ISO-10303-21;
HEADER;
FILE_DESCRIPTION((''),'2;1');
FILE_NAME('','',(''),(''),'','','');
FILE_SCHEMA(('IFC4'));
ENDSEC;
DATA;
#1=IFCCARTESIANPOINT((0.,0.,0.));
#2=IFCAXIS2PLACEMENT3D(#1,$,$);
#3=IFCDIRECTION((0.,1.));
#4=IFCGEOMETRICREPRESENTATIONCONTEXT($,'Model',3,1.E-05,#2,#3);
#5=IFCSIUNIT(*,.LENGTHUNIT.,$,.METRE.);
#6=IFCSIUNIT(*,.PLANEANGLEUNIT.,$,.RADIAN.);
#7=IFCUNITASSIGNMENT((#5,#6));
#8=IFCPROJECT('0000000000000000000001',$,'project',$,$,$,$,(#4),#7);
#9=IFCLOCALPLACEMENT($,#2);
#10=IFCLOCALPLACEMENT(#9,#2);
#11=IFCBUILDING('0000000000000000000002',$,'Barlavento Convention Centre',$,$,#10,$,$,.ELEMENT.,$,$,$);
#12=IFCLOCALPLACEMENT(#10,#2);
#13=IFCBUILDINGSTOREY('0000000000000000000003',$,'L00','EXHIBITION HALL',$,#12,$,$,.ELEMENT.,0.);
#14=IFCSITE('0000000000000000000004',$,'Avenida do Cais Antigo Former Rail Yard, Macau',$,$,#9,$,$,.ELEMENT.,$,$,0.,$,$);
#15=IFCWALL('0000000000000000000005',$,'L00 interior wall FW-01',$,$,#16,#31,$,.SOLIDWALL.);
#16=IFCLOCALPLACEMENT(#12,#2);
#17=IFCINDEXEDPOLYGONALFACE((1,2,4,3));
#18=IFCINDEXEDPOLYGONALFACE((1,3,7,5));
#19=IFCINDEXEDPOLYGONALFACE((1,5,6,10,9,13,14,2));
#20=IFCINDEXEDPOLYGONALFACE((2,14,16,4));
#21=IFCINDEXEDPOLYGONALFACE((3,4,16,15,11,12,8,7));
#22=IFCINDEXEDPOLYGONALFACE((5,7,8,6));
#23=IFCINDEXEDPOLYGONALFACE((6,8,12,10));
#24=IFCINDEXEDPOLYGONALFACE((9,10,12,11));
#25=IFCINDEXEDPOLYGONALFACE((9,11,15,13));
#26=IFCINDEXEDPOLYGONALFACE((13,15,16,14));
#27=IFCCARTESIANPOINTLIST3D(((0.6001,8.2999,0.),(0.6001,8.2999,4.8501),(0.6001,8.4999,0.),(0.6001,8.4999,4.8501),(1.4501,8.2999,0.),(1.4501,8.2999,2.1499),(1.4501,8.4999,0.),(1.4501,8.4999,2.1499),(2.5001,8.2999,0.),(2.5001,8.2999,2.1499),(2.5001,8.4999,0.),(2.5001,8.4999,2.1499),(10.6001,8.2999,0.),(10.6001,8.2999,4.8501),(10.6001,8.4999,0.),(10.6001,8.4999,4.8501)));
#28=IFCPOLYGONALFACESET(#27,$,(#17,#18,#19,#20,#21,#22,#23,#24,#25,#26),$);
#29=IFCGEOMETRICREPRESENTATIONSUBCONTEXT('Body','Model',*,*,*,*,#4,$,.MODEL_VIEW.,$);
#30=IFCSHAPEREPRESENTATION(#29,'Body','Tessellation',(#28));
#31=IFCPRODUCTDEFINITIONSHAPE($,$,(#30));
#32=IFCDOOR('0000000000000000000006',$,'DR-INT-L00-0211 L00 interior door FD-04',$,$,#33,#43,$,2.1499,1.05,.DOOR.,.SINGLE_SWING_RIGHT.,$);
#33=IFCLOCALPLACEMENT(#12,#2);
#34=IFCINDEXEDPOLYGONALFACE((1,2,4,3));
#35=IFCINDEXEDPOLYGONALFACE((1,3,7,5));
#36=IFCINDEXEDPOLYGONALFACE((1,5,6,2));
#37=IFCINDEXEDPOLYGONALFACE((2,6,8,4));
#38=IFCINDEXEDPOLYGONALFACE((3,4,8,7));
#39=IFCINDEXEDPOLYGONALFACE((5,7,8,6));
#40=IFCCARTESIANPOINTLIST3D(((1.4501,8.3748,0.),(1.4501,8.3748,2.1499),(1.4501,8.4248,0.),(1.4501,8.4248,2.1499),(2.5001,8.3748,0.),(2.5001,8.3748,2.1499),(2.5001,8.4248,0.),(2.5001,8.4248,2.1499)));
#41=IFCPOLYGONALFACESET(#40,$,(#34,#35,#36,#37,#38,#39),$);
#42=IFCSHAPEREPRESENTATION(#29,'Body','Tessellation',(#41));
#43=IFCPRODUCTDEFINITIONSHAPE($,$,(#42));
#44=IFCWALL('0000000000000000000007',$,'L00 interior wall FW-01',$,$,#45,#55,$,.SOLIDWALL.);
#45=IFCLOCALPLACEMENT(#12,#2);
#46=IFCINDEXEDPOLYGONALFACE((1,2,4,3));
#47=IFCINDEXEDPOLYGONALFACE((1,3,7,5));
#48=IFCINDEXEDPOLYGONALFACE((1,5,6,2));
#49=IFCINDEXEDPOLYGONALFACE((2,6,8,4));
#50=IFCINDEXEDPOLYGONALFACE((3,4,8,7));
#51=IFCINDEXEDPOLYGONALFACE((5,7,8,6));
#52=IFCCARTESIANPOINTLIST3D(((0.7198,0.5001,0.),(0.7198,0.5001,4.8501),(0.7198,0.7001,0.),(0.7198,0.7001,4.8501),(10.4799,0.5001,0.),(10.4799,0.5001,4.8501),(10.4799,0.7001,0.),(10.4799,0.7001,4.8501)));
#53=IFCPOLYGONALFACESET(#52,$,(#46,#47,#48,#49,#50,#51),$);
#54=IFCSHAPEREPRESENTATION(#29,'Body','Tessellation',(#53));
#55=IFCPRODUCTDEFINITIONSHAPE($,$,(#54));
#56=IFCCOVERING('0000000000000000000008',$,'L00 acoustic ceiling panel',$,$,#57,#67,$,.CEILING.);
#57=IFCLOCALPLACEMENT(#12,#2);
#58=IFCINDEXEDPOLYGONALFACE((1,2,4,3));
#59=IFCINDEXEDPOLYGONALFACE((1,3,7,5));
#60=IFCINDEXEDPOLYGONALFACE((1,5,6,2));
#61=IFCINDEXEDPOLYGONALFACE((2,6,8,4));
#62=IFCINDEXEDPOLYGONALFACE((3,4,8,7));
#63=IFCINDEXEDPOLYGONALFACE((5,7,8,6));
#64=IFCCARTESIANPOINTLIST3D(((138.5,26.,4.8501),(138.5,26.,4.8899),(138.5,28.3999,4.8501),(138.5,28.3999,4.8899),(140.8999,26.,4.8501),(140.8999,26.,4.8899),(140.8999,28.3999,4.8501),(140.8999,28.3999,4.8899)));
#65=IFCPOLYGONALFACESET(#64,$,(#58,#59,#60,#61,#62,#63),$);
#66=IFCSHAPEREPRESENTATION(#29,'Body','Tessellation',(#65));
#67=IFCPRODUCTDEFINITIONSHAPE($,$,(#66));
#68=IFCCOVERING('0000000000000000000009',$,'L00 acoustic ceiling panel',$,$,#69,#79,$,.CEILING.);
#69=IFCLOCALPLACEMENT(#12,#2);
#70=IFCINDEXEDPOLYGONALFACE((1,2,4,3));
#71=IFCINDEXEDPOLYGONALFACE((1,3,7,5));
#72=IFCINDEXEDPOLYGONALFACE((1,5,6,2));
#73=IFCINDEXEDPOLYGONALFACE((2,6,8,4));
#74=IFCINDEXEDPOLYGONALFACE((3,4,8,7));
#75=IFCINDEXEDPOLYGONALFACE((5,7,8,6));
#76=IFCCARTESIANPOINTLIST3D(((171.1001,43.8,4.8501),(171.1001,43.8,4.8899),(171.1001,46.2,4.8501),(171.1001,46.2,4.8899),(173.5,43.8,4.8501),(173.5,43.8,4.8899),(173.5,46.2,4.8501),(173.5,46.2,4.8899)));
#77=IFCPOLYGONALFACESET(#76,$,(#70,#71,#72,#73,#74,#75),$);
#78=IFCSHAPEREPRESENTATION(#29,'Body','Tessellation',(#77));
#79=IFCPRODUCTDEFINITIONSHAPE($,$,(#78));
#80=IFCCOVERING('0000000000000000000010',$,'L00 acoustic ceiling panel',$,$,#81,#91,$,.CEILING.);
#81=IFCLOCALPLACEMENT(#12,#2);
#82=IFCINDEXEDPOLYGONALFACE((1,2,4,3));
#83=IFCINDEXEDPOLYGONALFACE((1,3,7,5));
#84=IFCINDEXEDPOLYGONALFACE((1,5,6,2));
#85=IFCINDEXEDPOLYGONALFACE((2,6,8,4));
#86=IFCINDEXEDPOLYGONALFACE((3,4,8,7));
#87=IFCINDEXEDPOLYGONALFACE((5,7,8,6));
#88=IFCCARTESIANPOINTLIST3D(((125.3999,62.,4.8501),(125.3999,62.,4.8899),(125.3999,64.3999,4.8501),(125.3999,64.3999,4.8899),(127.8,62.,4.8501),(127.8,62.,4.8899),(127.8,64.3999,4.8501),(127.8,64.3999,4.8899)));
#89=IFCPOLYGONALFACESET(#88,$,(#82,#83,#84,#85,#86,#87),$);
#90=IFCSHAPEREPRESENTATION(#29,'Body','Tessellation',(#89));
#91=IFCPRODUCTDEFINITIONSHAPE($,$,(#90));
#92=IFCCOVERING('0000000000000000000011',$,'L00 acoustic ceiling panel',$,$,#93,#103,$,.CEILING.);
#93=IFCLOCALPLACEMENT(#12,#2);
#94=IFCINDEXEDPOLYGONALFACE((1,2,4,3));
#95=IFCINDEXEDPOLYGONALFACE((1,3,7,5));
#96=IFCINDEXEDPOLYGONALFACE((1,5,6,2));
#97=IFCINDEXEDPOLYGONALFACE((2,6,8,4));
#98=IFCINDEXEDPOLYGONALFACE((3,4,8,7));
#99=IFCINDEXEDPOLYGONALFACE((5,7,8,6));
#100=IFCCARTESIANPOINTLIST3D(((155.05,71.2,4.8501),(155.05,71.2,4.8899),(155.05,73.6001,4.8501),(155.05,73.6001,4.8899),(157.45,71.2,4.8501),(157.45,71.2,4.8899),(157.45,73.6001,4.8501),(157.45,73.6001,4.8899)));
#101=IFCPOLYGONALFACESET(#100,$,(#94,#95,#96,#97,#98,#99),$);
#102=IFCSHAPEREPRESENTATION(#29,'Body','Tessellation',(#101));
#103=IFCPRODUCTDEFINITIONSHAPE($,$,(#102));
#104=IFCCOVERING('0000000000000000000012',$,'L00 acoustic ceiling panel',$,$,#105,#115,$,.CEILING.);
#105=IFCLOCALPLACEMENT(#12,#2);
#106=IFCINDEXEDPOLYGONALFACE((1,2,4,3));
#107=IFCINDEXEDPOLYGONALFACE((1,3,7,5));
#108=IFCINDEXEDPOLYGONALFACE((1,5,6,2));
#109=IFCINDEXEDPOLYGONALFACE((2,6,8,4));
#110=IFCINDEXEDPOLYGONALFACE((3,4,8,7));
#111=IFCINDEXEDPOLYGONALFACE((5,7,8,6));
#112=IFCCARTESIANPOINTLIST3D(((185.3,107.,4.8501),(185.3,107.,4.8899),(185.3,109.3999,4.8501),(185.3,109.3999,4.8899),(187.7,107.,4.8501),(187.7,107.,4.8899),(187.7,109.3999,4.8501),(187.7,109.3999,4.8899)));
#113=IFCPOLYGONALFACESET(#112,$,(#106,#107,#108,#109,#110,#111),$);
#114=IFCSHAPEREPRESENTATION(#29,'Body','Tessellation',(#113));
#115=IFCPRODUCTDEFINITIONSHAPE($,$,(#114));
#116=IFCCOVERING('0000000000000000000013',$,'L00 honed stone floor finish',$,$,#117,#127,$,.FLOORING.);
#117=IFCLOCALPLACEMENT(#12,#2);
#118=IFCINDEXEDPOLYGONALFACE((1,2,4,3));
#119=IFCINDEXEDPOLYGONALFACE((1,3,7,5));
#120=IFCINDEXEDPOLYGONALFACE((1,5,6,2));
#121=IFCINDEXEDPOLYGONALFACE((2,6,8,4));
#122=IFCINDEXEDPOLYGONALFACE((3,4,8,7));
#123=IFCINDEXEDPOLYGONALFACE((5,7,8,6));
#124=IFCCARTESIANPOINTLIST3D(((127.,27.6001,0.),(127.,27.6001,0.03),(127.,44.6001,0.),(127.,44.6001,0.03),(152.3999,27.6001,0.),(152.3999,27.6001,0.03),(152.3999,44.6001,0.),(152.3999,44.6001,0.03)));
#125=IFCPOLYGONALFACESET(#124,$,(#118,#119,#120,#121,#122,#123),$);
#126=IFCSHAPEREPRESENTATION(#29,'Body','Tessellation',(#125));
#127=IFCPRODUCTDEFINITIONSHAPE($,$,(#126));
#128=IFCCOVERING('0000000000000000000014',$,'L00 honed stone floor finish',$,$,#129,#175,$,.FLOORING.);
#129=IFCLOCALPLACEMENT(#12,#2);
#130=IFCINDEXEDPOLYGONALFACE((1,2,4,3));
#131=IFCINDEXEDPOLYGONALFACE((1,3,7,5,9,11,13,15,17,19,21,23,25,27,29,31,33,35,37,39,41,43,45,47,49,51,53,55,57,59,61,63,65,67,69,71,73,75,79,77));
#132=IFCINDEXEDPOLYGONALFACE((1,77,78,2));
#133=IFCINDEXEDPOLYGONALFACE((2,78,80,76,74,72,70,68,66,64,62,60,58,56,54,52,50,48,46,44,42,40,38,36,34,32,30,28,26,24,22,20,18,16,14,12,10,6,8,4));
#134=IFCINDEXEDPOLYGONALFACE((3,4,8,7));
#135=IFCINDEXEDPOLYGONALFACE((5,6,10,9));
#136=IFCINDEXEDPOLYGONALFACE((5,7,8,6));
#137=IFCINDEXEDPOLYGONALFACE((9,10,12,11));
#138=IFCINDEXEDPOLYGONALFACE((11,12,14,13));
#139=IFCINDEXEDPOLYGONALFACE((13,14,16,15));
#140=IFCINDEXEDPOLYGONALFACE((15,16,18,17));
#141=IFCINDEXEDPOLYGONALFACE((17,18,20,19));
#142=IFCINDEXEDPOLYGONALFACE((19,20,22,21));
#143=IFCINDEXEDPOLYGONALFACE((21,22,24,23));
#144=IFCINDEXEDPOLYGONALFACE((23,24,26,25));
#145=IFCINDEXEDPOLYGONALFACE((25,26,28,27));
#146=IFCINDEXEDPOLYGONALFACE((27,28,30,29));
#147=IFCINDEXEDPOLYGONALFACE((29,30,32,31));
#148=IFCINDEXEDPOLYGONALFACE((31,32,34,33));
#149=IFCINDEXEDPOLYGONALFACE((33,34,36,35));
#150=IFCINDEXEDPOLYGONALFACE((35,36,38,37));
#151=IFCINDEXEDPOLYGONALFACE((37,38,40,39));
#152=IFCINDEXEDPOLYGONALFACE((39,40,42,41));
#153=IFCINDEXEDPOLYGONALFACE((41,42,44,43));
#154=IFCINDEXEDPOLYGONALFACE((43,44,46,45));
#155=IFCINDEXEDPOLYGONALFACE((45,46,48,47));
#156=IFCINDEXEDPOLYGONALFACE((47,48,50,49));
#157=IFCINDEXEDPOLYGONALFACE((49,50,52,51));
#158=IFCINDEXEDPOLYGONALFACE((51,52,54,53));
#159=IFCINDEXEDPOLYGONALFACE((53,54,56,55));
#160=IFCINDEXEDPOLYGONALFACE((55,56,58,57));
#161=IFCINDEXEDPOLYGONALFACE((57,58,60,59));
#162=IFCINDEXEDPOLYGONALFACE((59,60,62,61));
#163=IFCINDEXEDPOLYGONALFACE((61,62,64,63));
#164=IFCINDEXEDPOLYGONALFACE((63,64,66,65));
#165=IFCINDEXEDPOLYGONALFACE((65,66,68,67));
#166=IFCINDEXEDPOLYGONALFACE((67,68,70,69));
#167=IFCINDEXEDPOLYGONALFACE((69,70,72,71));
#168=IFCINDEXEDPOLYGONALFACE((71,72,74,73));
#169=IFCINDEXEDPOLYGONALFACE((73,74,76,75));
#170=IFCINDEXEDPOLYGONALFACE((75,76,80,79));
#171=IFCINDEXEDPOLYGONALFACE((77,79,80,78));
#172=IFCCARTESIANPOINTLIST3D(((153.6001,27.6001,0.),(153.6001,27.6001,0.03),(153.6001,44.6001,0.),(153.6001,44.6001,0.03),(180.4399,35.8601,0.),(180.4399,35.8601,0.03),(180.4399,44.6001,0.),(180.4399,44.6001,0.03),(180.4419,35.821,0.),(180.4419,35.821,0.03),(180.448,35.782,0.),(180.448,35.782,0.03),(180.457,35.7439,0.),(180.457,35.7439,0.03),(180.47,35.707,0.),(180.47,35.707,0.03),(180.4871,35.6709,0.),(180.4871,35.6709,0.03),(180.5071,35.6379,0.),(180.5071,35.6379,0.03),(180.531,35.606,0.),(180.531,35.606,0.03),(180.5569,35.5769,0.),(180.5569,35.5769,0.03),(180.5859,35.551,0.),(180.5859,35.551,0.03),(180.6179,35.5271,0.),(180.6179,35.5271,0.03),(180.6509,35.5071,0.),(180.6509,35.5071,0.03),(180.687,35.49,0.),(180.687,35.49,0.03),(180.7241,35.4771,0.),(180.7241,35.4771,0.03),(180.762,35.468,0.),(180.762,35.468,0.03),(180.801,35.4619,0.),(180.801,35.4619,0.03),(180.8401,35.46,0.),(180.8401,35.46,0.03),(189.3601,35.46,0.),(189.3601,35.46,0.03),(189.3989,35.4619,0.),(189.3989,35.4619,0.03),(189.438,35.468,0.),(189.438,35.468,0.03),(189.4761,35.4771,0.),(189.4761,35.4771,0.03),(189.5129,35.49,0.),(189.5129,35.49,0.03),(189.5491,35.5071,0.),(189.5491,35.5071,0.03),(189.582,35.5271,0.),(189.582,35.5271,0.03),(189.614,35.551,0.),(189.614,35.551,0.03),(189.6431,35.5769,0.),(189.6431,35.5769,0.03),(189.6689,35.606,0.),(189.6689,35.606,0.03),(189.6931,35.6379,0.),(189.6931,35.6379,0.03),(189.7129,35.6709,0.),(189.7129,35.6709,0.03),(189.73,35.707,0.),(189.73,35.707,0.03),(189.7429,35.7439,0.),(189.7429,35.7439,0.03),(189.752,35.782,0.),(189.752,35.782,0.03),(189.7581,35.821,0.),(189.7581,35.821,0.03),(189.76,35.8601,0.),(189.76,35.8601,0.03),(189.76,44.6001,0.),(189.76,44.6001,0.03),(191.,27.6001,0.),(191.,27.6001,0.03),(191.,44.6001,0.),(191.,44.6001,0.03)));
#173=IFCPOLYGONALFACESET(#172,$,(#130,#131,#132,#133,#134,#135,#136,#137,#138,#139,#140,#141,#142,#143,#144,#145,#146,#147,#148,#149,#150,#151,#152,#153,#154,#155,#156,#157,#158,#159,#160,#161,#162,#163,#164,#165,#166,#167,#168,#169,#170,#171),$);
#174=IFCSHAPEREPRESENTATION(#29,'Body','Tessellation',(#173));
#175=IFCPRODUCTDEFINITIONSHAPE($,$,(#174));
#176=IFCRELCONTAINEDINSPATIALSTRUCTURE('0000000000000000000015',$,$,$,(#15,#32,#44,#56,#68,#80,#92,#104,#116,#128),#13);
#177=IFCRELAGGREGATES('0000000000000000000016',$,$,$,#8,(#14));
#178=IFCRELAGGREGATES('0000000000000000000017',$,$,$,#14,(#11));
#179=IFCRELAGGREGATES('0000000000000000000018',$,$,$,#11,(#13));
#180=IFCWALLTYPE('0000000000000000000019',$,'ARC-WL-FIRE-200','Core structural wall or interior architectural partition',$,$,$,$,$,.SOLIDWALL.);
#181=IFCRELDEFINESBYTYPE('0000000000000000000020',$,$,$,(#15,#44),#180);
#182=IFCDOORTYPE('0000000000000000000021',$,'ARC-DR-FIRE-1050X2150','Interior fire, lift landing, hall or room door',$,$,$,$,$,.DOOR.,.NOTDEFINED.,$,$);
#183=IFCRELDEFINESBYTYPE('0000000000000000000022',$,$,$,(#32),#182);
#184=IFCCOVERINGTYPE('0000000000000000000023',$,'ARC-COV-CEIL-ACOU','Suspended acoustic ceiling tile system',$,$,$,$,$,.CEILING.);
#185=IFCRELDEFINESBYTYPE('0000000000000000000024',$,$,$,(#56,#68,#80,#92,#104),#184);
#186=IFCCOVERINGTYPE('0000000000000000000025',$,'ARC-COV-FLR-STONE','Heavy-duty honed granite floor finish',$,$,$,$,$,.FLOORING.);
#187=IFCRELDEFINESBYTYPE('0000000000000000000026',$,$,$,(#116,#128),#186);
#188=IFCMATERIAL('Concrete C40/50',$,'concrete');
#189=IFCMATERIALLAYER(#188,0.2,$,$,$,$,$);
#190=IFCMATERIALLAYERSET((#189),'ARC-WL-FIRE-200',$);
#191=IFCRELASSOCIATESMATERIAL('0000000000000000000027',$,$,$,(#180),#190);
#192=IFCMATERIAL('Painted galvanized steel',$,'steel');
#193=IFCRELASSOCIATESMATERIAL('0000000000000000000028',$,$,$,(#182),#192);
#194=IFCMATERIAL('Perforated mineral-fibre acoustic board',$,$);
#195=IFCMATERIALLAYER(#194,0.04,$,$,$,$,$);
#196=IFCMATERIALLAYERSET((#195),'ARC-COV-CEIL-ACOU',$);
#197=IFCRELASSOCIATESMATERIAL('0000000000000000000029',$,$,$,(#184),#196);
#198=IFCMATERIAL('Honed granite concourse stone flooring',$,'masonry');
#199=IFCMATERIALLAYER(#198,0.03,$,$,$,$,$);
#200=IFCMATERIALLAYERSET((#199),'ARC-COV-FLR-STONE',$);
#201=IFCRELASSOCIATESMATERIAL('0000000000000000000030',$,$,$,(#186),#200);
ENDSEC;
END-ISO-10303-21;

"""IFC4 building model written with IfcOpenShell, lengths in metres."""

from ifc_helpers import new_model, si_unit, direction, frame, frame_2d, origin, place, context, subcontext, project, spatial, polyline, rectangle, outline, extrude, material, layer, layer_set, type_object, element, fill, save


model = new_model("IFC4")

# Units and contexts
model_context = context("Model", 3, precision=1e-05, world=origin(), true_north=direction((0.0, 1.0)))
body_context = subcontext(model_context, "Body", "Model", "MODEL_VIEW")
ifc_project = project(units=[si_unit("LENGTHUNIT", "METRE"), si_unit("PLANEANGLEUNIT", "RADIAN")], contexts=[model_context])

# Site, building, storey
site_placement = place(None, origin())
site = spatial("IfcSite", under=ifc_project, at=site_placement, Name="Avenida do Cais Antigo Former Rail Yard, Macau", CompositionType="ELEMENT", RefElevation=0.0)
building_placement = place(site_placement, origin())
building = spatial("IfcBuilding", under=site, at=building_placement, Name="Barlavento Convention Centre", CompositionType="ELEMENT")
storey_placement = place(building_placement, origin())
storey = spatial("IfcBuildingStorey", under=building, at=storey_placement, Name="L00", Description="EXHIBITION HALL", CompositionType="ELEMENT", Elevation=0.0)

# Wall, opening, door
ifc_material_1 = material(Name="Painted galvanized steel", Category="steel")
ifc_material_2 = material(Name="Concrete C40/50", Category="concrete")
ifc_layer_1 = layer(ifc_material_2, 0.2)
ifc_layer_set_1 = layer_set([ifc_layer_1], Name="ARC-WL-FIRE-200")
wall_type_1 = type_object("IfcWallType", Name="ARC-WL-FIRE-200", Description="Core structural wall or interior architectural partition", PredefinedType="SOLIDWALL", material=ifc_layer_set_1)
wall_1_placement = place(storey_placement, frame((0.6001, 8.3999, 0.0), z_axis=(0.0, 0.0, 1.0), x_axis=(1.0, 0.0, 0.0)))
wall_1 = element("IfcWall", 1, at=wall_1_placement, inside=storey, type_object=wall_type_1, Name="L00 interior wall FW-01", PredefinedType="SOLIDWALL", context=body_context, shape_type="SweptSolid", body=[
    extrude(rectangle(XDim=10.0, YDim=0.2, at=frame_2d((5.0, 0.0))), origin(), (0.0, 0.0, 1.0), 4.8501),
])
opening_1_placement = place(wall_1_placement, frame((0.8501, 0.0, 0.0)))
opening_1 = element("IfcOpeningElement", 2, at=opening_1_placement, cuts=wall_1, PredefinedType="OPENING", context=body_context, shape_type="SweptSolid", body=[
    extrude(rectangle(XDim=1.05, YDim=2.1499, at=frame_2d((0.5249, 1.075))), frame((0.0, 0.1099, 0.0), z_axis=(0.0, -1.0, 0.0), x_axis=(1.0, 0.0, 0.0)), (0.0, 0.0, 1.0), 0.22),
])
door_type_1 = type_object("IfcDoorType", Name="ARC-DR-FIRE-1050X2150", Description="Interior fire, lift landing, hall or room door", OperationType="NOTDEFINED", PredefinedType="DOOR", material=ifc_material_1)
door_1_placement = place(opening_1_placement, origin())
door_1 = element("IfcDoor", 3, at=door_1_placement, inside=storey, type_object=door_type_1, Name="DR-INT-L00-0211 L00 interior door FD-04", OperationType="SINGLE_SWING_RIGHT", OverallHeight=2.1499, OverallWidth=1.05, PredefinedType="DOOR", context=body_context, shape_type="SweptSolid", body=[
    extrude(rectangle(XDim=1.05, YDim=2.1499, at=frame_2d((0.5249, 1.075))), frame((0.0, 0.0249, 0.0), z_axis=(0.0, -1.0, 0.0), x_axis=(1.0, 0.0, 0.0)), (0.0, 0.0, 1.0), 0.05),
])
fill(opening_1, door_1)

# Wall
wall_2_placement = place(storey_placement, frame((0.72, 0.6001, 0.0), z_axis=(0.0, 0.0, 1.0), x_axis=(1.0, 0.0, 0.0)))
element("IfcWall", 4, at=wall_2_placement, inside=storey, type_object=wall_type_1, Name="L00 interior wall FW-01", PredefinedType="SOLIDWALL", context=body_context, shape_type="SweptSolid", body=[
    extrude(rectangle(XDim=9.76, YDim=0.2, at=frame_2d((4.8799, 0.0))), origin(), (0.0, 0.0, 1.0), 4.8501),
])

# Coverings
ifc_material_3 = material(Name="Perforated mineral-fibre acoustic board")
ifc_layer_2 = layer(ifc_material_3, 0.04)
ifc_layer_set_2 = layer_set([ifc_layer_2], Name="ARC-COV-CEIL-ACOU")
covering_type_1 = type_object("IfcCoveringType", Name="ARC-COV-CEIL-ACOU", Description="Suspended acoustic ceiling tile system", PredefinedType="CEILING", material=ifc_layer_set_2)
covering_1_placement = place(storey_placement, frame((0.0, 0.0, 4.8501)))
element("IfcCovering", 5, at=covering_1_placement, inside=storey, type_object=covering_type_1, Name="L00 acoustic ceiling panel", PredefinedType="CEILING", context=body_context, shape_type="SweptSolid", body=[
    extrude(outline(polyline([(138.5, 26.0), (140.8999, 26.0), (140.8999, 28.3999), (138.5, 28.3999), (138.5, 26.0)])), origin(), (0.0, 0.0, 1.0), 0.0398),
])
covering_2_placement = place(storey_placement, frame((0.0, 0.0, 4.8501)))
element("IfcCovering", 6, at=covering_2_placement, inside=storey, type_object=covering_type_1, Name="L00 acoustic ceiling panel", PredefinedType="CEILING", context=body_context, shape_type="SweptSolid", body=[
    extrude(outline(polyline([(171.1001, 43.8), (173.5, 43.8), (173.5, 46.2), (171.1001, 46.2), (171.1001, 43.8)])), origin(), (0.0, 0.0, 1.0), 0.0398),
])
covering_3_placement = place(storey_placement, frame((0.0, 0.0, 4.8501)))
element("IfcCovering", 7, at=covering_3_placement, inside=storey, type_object=covering_type_1, Name="L00 acoustic ceiling panel", PredefinedType="CEILING", context=body_context, shape_type="SweptSolid", body=[
    extrude(outline(polyline([(125.3999, 62.0), (127.8, 62.0), (127.8, 64.3999), (125.3999, 64.3999), (125.3999, 62.0)])), origin(), (0.0, 0.0, 1.0), 0.0398),
])
covering_4_placement = place(storey_placement, frame((0.0, 0.0, 4.8501)))
element("IfcCovering", 8, at=covering_4_placement, inside=storey, type_object=covering_type_1, Name="L00 acoustic ceiling panel", PredefinedType="CEILING", context=body_context, shape_type="SweptSolid", body=[
    extrude(outline(polyline([(155.05, 71.2), (157.45, 71.2), (157.45, 73.6001), (155.05, 73.6001), (155.05, 71.2)])), origin(), (0.0, 0.0, 1.0), 0.0398),
])
covering_5_placement = place(storey_placement, frame((0.0, 0.0, 4.8501)))
element("IfcCovering", 9, at=covering_5_placement, inside=storey, type_object=covering_type_1, Name="L00 acoustic ceiling panel", PredefinedType="CEILING", context=body_context, shape_type="SweptSolid", body=[
    extrude(outline(polyline([(185.3, 107.0), (187.7, 107.0), (187.7, 109.3999), (185.3, 109.3999), (185.3, 107.0)])), origin(), (0.0, 0.0, 1.0), 0.0398),
])
ifc_material_4 = material(Name="Honed granite concourse stone flooring", Category="masonry")
ifc_layer_3 = layer(ifc_material_4, 0.03)
ifc_layer_set_3 = layer_set([ifc_layer_3], Name="ARC-COV-FLR-STONE")
covering_type_2 = type_object("IfcCoveringType", Name="ARC-COV-FLR-STONE", Description="Heavy-duty honed granite floor finish", PredefinedType="FLOORING", material=ifc_layer_set_3)
covering_6_placement = place(storey_placement, origin())
element("IfcCovering", 10, at=covering_6_placement, inside=storey, type_object=covering_type_2, Name="L00 honed stone floor finish", PredefinedType="FLOORING", context=body_context, shape_type="SweptSolid", body=[
    extrude(outline(polyline([(152.3999, 27.6001), (127.0, 27.6001), (127.0, 44.6001), (152.3999, 44.6001), (152.3999, 27.6001)])), origin(), (0.0, 0.0, 1.0), 0.03),
])
covering_7_placement = place(storey_placement, origin())
element("IfcCovering", 11, at=covering_7_placement, inside=storey, type_object=covering_type_2, Name="L00 honed stone floor finish", PredefinedType="FLOORING", context=body_context, shape_type="SweptSolid", body=[
    extrude(outline(polyline([(180.4399, 35.8601), (180.4419, 35.821), (180.448, 35.782), (180.457, 35.7439), (180.47, 35.707), (180.4871, 35.6709), (180.5071, 35.6379), (180.531, 35.606), (180.5569, 35.5769), (180.5859, 35.551), (180.6179, 35.5271), (180.6509, 35.5071), (180.687, 35.49), (180.7241, 35.4771), (180.762, 35.468), (180.801, 35.4619), (180.8401, 35.46), (189.3601, 35.46), (189.3989, 35.4619), (189.438, 35.468), (189.4761, 35.4771), (189.5129, 35.49), (189.5491, 35.5071), (189.582, 35.5271), (189.614, 35.551), (189.6431, 35.5769), (189.6689, 35.606), (189.6931, 35.6379), (189.7129, 35.6709), (189.73, 35.707), (189.7429, 35.7439), (189.752, 35.782), (189.7581, 35.821), (189.76, 35.8601), (189.76, 44.6001), (191.0, 44.6001), (191.0, 27.6001), (153.6001, 27.6001), (153.6001, 44.6001), (180.4399, 44.6001), (180.4399, 35.8601)])), origin(), (0.0, 0.0, 1.0), 0.03),
])

save(model, "model.ifc")
